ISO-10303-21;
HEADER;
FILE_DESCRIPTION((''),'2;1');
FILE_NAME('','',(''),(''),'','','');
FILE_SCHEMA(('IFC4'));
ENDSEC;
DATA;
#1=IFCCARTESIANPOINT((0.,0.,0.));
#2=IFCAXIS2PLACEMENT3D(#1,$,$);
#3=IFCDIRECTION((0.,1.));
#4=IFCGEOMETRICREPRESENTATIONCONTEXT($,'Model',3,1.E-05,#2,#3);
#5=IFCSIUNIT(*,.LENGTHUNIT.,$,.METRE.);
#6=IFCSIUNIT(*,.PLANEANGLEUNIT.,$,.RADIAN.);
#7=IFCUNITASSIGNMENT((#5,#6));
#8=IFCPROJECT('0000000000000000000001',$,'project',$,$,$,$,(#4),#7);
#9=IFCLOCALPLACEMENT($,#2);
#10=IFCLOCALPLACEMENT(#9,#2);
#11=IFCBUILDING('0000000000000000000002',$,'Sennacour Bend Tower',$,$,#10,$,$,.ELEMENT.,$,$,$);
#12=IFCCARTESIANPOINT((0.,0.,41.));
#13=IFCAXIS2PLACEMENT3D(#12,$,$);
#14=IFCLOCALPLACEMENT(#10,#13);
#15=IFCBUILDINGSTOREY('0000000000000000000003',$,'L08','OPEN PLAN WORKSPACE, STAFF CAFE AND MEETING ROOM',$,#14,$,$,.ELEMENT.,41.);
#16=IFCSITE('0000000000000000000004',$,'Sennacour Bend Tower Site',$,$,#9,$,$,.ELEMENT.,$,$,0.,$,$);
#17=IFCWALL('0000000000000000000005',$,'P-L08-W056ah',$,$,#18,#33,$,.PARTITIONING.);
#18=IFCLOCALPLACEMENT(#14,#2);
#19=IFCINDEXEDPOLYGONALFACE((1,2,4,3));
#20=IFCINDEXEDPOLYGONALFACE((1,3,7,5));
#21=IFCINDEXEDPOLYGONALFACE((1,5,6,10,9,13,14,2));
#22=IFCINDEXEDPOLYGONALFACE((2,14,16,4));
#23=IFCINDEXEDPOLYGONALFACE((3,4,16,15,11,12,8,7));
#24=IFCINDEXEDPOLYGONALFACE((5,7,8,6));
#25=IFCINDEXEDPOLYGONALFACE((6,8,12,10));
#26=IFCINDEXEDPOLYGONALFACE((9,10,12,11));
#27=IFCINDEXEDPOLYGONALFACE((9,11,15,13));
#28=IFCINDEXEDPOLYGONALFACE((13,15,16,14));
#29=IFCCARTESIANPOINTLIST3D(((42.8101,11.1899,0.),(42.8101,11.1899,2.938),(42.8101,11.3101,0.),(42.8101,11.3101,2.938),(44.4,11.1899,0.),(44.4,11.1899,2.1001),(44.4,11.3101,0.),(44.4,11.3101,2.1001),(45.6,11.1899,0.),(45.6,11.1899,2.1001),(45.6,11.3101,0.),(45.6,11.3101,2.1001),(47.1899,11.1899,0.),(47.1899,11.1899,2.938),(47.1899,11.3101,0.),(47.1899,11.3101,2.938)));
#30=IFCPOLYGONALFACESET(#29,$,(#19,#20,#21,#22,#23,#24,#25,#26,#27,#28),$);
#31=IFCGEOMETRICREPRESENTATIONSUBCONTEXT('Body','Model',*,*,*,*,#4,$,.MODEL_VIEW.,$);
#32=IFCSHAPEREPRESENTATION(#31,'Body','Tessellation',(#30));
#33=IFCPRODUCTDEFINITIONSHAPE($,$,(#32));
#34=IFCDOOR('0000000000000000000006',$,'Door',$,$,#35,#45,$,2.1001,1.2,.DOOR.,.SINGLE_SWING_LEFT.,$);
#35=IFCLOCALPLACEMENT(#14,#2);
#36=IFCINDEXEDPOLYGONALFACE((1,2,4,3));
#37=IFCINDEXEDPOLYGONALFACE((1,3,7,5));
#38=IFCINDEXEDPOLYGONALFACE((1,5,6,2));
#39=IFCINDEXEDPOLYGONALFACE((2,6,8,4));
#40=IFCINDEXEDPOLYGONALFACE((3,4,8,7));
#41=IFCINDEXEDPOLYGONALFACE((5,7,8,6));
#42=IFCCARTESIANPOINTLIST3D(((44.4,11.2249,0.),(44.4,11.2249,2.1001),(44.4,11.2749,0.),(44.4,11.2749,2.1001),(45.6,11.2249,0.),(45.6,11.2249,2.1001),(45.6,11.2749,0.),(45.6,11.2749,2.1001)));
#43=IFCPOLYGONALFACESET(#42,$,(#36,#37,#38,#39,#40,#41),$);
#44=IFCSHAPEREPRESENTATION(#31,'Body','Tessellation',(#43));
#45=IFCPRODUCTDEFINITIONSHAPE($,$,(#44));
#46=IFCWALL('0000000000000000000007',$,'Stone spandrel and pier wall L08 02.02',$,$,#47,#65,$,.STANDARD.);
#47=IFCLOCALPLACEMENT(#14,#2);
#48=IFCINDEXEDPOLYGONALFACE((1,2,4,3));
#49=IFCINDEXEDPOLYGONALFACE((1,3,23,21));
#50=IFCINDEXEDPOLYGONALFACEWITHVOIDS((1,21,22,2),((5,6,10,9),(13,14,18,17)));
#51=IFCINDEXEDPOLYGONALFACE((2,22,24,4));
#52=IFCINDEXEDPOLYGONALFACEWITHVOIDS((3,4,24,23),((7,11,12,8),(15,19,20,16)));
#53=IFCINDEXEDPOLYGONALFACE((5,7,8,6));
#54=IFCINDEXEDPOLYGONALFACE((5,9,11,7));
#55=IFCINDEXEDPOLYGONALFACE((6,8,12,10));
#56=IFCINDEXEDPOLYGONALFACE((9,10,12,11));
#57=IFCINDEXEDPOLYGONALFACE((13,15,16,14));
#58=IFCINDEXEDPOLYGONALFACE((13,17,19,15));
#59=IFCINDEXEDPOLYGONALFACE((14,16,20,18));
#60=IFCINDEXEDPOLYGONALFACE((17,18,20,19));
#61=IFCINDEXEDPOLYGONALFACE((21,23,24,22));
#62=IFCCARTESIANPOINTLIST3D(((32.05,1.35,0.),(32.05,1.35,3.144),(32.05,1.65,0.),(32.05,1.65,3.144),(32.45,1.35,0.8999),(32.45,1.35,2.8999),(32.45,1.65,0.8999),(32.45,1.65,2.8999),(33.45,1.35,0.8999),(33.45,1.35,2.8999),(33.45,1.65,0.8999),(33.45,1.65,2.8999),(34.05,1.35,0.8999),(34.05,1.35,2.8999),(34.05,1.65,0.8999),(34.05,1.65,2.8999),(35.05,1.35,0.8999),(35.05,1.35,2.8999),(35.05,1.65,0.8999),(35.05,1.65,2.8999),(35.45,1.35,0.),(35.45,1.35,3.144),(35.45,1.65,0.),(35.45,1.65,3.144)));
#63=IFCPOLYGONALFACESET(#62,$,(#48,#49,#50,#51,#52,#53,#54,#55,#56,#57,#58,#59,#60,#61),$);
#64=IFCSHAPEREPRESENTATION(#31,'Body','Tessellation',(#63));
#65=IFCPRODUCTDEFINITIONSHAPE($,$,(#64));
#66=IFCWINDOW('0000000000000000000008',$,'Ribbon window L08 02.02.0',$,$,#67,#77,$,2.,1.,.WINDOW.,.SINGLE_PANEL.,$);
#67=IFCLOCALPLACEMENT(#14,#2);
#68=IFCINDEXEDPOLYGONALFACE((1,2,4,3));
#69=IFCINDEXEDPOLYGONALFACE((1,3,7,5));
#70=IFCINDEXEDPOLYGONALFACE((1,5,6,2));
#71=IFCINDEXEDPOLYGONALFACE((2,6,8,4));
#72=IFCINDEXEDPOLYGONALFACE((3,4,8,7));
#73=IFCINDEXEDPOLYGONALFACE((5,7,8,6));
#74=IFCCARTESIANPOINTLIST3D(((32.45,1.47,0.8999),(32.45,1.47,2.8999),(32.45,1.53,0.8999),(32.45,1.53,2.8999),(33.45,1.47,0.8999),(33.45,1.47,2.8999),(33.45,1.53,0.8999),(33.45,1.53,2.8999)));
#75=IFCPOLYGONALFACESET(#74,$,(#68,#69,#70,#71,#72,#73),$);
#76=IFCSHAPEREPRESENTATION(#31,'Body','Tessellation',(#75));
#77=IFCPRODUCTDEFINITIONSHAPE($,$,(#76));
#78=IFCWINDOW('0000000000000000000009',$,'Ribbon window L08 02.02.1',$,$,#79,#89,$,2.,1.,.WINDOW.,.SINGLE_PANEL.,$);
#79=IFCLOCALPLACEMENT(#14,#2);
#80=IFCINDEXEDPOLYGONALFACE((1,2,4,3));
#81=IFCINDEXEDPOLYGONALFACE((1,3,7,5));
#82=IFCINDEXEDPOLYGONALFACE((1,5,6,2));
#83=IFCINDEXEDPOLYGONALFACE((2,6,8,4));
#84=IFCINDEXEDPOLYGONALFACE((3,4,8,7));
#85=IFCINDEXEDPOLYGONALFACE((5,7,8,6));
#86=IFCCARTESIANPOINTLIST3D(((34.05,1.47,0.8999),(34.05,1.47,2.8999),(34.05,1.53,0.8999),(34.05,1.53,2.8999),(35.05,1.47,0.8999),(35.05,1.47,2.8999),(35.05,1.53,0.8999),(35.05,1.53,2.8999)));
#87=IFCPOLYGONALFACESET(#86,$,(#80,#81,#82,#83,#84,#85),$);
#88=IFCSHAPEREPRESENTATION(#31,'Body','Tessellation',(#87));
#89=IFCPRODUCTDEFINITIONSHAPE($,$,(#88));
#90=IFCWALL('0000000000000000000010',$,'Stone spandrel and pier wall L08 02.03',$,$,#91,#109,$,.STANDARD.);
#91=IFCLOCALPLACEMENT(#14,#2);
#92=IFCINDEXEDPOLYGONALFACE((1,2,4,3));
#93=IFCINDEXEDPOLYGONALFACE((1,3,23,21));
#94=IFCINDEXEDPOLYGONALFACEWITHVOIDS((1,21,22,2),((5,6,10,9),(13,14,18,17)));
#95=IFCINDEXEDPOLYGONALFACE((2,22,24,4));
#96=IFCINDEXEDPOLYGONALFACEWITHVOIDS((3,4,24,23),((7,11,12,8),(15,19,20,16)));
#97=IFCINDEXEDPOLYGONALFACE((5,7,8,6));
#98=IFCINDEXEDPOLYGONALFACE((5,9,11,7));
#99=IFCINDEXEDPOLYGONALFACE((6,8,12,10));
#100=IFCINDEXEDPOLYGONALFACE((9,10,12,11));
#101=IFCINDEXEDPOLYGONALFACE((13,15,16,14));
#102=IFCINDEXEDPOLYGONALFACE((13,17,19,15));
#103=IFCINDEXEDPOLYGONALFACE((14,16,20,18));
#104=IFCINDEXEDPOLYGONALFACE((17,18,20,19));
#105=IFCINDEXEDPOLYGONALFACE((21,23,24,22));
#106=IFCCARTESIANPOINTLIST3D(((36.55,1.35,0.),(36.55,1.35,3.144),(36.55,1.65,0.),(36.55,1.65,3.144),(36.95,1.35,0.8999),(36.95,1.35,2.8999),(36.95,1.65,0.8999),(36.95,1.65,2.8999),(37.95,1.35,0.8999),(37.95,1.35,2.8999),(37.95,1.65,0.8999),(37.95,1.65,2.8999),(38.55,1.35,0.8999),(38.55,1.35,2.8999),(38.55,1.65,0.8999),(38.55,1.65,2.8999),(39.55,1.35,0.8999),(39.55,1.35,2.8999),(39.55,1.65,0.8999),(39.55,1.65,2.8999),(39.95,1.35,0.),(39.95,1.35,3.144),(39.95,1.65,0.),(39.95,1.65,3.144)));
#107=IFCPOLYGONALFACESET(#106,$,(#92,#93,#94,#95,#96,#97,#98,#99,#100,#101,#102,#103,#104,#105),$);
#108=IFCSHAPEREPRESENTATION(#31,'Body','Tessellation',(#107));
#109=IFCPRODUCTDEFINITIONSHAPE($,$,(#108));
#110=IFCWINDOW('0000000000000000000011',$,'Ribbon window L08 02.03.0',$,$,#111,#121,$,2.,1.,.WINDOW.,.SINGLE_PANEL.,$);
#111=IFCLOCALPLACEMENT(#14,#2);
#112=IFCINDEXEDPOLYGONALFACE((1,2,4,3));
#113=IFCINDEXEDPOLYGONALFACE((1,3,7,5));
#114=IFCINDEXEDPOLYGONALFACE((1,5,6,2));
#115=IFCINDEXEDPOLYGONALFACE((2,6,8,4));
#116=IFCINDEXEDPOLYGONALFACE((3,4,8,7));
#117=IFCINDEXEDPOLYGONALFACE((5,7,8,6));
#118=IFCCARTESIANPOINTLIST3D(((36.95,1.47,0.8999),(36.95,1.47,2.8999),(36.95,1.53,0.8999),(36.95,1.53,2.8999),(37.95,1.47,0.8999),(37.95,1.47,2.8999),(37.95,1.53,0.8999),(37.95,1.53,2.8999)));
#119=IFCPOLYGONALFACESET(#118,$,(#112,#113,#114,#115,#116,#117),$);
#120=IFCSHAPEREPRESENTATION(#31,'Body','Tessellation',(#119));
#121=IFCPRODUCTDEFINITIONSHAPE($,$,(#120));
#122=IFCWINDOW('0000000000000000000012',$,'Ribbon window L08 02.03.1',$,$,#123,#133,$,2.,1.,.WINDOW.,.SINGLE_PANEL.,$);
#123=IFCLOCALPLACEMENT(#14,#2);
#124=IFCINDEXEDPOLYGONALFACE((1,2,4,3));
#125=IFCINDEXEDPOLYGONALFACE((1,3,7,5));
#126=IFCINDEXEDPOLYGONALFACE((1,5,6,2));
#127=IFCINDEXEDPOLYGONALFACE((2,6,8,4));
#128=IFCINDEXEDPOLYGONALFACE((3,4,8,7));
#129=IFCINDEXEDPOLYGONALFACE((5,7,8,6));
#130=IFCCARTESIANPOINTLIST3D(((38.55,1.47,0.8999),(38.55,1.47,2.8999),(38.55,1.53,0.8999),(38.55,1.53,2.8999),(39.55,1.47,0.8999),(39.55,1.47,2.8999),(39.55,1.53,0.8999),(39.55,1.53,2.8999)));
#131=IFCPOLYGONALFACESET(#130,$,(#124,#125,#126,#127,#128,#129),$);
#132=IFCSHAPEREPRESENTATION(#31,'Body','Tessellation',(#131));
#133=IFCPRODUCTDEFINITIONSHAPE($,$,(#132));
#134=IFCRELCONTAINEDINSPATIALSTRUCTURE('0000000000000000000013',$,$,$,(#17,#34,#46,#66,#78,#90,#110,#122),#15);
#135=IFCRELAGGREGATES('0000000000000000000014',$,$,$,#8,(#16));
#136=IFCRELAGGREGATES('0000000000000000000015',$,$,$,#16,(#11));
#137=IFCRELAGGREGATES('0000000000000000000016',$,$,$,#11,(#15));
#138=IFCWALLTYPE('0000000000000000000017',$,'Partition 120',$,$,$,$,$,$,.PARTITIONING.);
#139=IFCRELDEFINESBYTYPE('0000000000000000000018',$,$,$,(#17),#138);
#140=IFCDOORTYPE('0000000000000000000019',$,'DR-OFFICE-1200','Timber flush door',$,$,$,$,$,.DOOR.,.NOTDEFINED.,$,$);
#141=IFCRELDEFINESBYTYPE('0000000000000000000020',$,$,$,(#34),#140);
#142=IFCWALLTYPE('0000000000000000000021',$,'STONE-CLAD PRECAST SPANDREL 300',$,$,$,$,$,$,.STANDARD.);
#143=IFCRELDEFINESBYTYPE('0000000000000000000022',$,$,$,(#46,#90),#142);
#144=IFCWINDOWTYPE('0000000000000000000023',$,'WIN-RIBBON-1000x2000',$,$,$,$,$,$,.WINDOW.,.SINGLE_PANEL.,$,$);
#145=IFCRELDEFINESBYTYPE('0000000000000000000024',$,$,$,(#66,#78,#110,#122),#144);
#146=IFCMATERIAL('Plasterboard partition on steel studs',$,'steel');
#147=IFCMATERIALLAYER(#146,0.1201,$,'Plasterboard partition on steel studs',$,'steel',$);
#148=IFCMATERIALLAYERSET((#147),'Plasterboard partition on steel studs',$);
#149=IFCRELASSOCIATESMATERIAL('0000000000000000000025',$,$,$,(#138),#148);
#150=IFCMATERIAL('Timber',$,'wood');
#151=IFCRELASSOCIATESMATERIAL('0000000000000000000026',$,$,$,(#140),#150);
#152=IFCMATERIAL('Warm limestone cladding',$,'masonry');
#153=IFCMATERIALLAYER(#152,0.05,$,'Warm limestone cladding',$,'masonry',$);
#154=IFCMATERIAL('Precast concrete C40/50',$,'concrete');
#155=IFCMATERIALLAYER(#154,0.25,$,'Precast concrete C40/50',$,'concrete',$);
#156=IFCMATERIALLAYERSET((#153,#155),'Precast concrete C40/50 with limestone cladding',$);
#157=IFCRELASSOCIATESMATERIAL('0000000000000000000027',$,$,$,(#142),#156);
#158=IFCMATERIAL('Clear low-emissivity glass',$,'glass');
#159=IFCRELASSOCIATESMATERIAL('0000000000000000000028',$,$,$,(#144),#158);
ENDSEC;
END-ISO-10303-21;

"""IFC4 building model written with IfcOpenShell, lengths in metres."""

from ifc_helpers import new_model, si_unit, direction, frame, frame_2d, origin, place, context, subcontext, project, spatial, rectangle, extrude, material, layer, layer_set, type_object, element, fill, save


model = new_model("IFC4")

# Units and contexts
model_context = context("Model", 3, precision=1e-05, world=origin(), true_north=direction((0.0, 1.0)))
body_context = subcontext(model_context, "Body", "Model", "MODEL_VIEW")
ifc_project = project(units=[si_unit("LENGTHUNIT", "METRE"), si_unit("PLANEANGLEUNIT", "RADIAN")], contexts=[model_context])

# Site, building, storey
site_placement = place(None, origin())
site = spatial("IfcSite", under=ifc_project, at=site_placement, Name="Sennacour Bend Tower Site", CompositionType="ELEMENT", RefElevation=0.0)
building_placement = place(site_placement, origin())
building = spatial("IfcBuilding", under=site, at=building_placement, Name="Sennacour Bend Tower", CompositionType="ELEMENT")
storey_placement = place(building_placement, frame((0.0, 0.0, 41.0)))
storey = spatial("IfcBuildingStorey", under=building, at=storey_placement, Name="L08", Description="OPEN PLAN WORKSPACE, STAFF CAFE AND MEETING ROOM", CompositionType="ELEMENT", Elevation=41.0)

# Shared definitions
ifc_material_1 = material(Name="Plasterboard partition on steel studs", Category="steel")
ifc_layer_1 = layer(ifc_material_1, 0.1201, Name="Plasterboard partition on steel studs", Category="steel")
ifc_layer_set_1 = layer_set([ifc_layer_1], Name="Plasterboard partition on steel studs")
wall_type_1 = type_object("IfcWallType", Name="Partition 120", PredefinedType="PARTITIONING", material=ifc_layer_set_1)

# Wall, opening, door
ifc_material_2 = material(Name="Timber", Category="wood")
wall_1_placement = place(storey_placement, frame((42.8101, 11.25, 0.0), z_axis=(0.0, 0.0, 1.0), x_axis=(1.0, 0.0, 0.0)))
wall_1 = element("IfcWall", 1, at=wall_1_placement, inside=storey, type_object=wall_type_1, Name="P-L08-W056ah", PredefinedType="PARTITIONING", context=body_context, shape_type="SweptSolid", body=[
    extrude(rectangle(XDim=4.3799, YDim=0.1201, at=frame_2d((2.1899, 0.0))), origin(), (0.0, 0.0, 1.0), 2.938),
])
opening_1_placement = place(wall_1_placement, frame((1.5898, 0.0, 0.0)))
opening_1 = element("IfcOpeningElement", 2, at=opening_1_placement, cuts=wall_1, PredefinedType="OPENING", context=body_context, shape_type="SweptSolid", body=[
    extrude(rectangle(XDim=1.2, YDim=2.1001, at=frame_2d((0.6001, 1.05))), frame((0.0, 0.0701, 0.0), z_axis=(0.0, -1.0, 0.0), x_axis=(1.0, 0.0, 0.0)), (0.0, 0.0, 1.0), 0.1401),
])
door_type_1 = type_object("IfcDoorType", Name="DR-OFFICE-1200", Description="Timber flush door", OperationType="NOTDEFINED", PredefinedType="DOOR", material=ifc_material_2)
door_1_placement = place(opening_1_placement, origin())
door_1 = element("IfcDoor", 3, at=door_1_placement, inside=storey, type_object=door_type_1, Name="Door", OperationType="SINGLE_SWING_LEFT", OverallHeight=2.1001, OverallWidth=1.2, PredefinedType="DOOR", context=body_context, shape_type="SweptSolid", body=[
    extrude(rectangle(XDim=1.2, YDim=2.1001, at=frame_2d((0.6001, 1.05))), frame((0.0, 0.0249, 0.0), z_axis=(0.0, -1.0, 0.0), x_axis=(1.0, 0.0, 0.0)), (0.0, 0.0, 1.0), 0.05),
])
fill(opening_1, door_1)

# Walls, openings, windows
ifc_material_3 = material(Name="Warm limestone cladding", Category="masonry")
ifc_layer_2 = layer(ifc_material_3, 0.05, Name="Warm limestone cladding", Category="masonry")
ifc_material_4 = material(Name="Precast concrete C40/50", Category="concrete")
ifc_layer_3 = layer(ifc_material_4, 0.25, Name="Precast concrete C40/50", Category="concrete")
ifc_layer_set_2 = layer_set([ifc_layer_2, ifc_layer_3], Name="Precast concrete C40/50 with limestone cladding")
wall_type_2 = type_object("IfcWallType", Name="STONE-CLAD PRECAST SPANDREL 300", PredefinedType="STANDARD", material=ifc_layer_set_2)
wall_2_placement = place(storey_placement, frame((32.05, 1.5, 0.0), z_axis=(0.0, 0.0, 1.0), x_axis=(1.0, 0.0, 0.0)))
wall_2 = element("IfcWall", 4, at=wall_2_placement, inside=storey, type_object=wall_type_2, Name="Stone spandrel and pier wall L08 02.02", PredefinedType="STANDARD", context=body_context, shape_type="SweptSolid", body=[
    extrude(rectangle(XDim=3.3999, YDim=0.3, at=frame_2d((1.7, 0.0))), origin(), (0.0, 0.0, 1.0), 3.144),
])
opening_2_placement = place(wall_2_placement, frame((0.3999, 0.0, 0.8999)))
opening_2 = element("IfcOpeningElement", 5, at=opening_2_placement, cuts=wall_2, PredefinedType="OPENING", context=body_context, shape_type="SweptSolid", body=[
    extrude(rectangle(XDim=1.0, YDim=2.0, at=frame_2d((0.5, 1.0))), frame((0.0, 0.1602, 0.0), z_axis=(0.0, -1.0, 0.0), x_axis=(1.0, 0.0, 0.0)), (0.0, 0.0, 1.0), 0.3201),
])
opening_3_placement = place(wall_2_placement, frame((2.0, 0.0, 0.8999)))
opening_3 = element("IfcOpeningElement", 6, at=opening_3_placement, cuts=wall_2, PredefinedType="OPENING", context=body_context, shape_type="SweptSolid", body=[
    extrude(rectangle(XDim=1.0, YDim=2.0, at=frame_2d((0.5, 1.0))), frame((0.0, 0.1602, 0.0), z_axis=(0.0, -1.0, 0.0), x_axis=(1.0, 0.0, 0.0)), (0.0, 0.0, 1.0), 0.3201),
])
ifc_material_5 = material(Name="Clear low-emissivity glass", Category="glass")
window_type = type_object("IfcWindowType", Name="WIN-RIBBON-1000x2000", PartitioningType="SINGLE_PANEL", PredefinedType="WINDOW", material=ifc_material_5)
window_1_placement = place(opening_2_placement, origin())
window_1 = element("IfcWindow", 7, at=window_1_placement, inside=storey, type_object=window_type, Name="Ribbon window L08 02.02.0", OverallHeight=2.0, OverallWidth=1.0, PartitioningType="SINGLE_PANEL", PredefinedType="WINDOW", context=body_context, shape_type="SweptSolid", body=[
    extrude(rectangle(XDim=1.0, YDim=2.0, at=frame_2d((0.5, 1.0))), frame((0.0, 0.03, 0.0), z_axis=(0.0, -1.0, 0.0), x_axis=(1.0, 0.0, 0.0)), (0.0, 0.0, 1.0), 0.0601),
])
fill(opening_2, window_1)
window_2_placement = place(opening_3_placement, origin())
window_2 = element("IfcWindow", 8, at=window_2_placement, inside=storey, type_object=window_type, Name="Ribbon window L08 02.02.1", OverallHeight=2.0, OverallWidth=1.0, PartitioningType="SINGLE_PANEL", PredefinedType="WINDOW", context=body_context, shape_type="SweptSolid", body=[
    extrude(rectangle(XDim=1.0, YDim=2.0, at=frame_2d((0.5, 1.0))), frame((0.0, 0.03, 0.0), z_axis=(0.0, -1.0, 0.0), x_axis=(1.0, 0.0, 0.0)), (0.0, 0.0, 1.0), 0.0601),
])
fill(opening_3, window_2)
wall_3_placement = place(storey_placement, frame((36.55, 1.5, 0.0), z_axis=(0.0, 0.0, 1.0), x_axis=(1.0, 0.0, 0.0)))
wall_3 = element("IfcWall", 9, at=wall_3_placement, inside=storey, type_object=wall_type_2, Name="Stone spandrel and pier wall L08 02.03", PredefinedType="STANDARD", context=body_context, shape_type="SweptSolid", body=[
    extrude(rectangle(XDim=3.3999, YDim=0.3, at=frame_2d((1.7, 0.0))), origin(), (0.0, 0.0, 1.0), 3.144),
])
opening_4_placement = place(wall_3_placement, frame((0.3999, 0.0, 0.8999)))
opening_4 = element("IfcOpeningElement", 10, at=opening_4_placement, cuts=wall_3, PredefinedType="OPENING", context=body_context, shape_type="SweptSolid", body=[
    extrude(rectangle(XDim=1.0, YDim=2.0, at=frame_2d((0.5, 1.0))), frame((0.0, 0.1602, 0.0), z_axis=(0.0, -1.0, 0.0), x_axis=(1.0, 0.0, 0.0)), (0.0, 0.0, 1.0), 0.3201),
])
opening_5_placement = place(wall_3_placement, frame((2.0, 0.0, 0.8999)))
opening_5 = element("IfcOpeningElement", 11, at=opening_5_placement, cuts=wall_3, PredefinedType="OPENING", context=body_context, shape_type="SweptSolid", body=[
    extrude(rectangle(XDim=1.0, YDim=2.0, at=frame_2d((0.5, 1.0))), frame((0.0, 0.1602, 0.0), z_axis=(0.0, -1.0, 0.0), x_axis=(1.0, 0.0, 0.0)), (0.0, 0.0, 1.0), 0.3201),
])
window_3_placement = place(opening_4_placement, origin())
window_3 = element("IfcWindow", 12, at=window_3_placement, inside=storey, type_object=window_type, Name="Ribbon window L08 02.03.0", OverallHeight=2.0, OverallWidth=1.0, PartitioningType="SINGLE_PANEL", PredefinedType="WINDOW", context=body_context, shape_type="SweptSolid", body=[
    extrude(rectangle(XDim=1.0, YDim=2.0, at=frame_2d((0.5, 1.0))), frame((0.0, 0.03, 0.0), z_axis=(0.0, -1.0, 0.0), x_axis=(1.0, 0.0, 0.0)), (0.0, 0.0, 1.0), 0.0601),
])
fill(opening_4, window_3)
window_4_placement = place(opening_5_placement, origin())
window_4 = element("IfcWindow", 13, at=window_4_placement, inside=storey, type_object=window_type, Name="Ribbon window L08 02.03.1", OverallHeight=2.0, OverallWidth=1.0, PartitioningType="SINGLE_PANEL", PredefinedType="WINDOW", context=body_context, shape_type="SweptSolid", body=[
    extrude(rectangle(XDim=1.0, YDim=2.0, at=frame_2d((0.5, 1.0))), frame((0.0, 0.03, 0.0), z_axis=(0.0, -1.0, 0.0), x_axis=(1.0, 0.0, 0.0)), (0.0, 0.0, 1.0), 0.0601),
])
fill(opening_5, window_4)

save(model, "model.ifc")
